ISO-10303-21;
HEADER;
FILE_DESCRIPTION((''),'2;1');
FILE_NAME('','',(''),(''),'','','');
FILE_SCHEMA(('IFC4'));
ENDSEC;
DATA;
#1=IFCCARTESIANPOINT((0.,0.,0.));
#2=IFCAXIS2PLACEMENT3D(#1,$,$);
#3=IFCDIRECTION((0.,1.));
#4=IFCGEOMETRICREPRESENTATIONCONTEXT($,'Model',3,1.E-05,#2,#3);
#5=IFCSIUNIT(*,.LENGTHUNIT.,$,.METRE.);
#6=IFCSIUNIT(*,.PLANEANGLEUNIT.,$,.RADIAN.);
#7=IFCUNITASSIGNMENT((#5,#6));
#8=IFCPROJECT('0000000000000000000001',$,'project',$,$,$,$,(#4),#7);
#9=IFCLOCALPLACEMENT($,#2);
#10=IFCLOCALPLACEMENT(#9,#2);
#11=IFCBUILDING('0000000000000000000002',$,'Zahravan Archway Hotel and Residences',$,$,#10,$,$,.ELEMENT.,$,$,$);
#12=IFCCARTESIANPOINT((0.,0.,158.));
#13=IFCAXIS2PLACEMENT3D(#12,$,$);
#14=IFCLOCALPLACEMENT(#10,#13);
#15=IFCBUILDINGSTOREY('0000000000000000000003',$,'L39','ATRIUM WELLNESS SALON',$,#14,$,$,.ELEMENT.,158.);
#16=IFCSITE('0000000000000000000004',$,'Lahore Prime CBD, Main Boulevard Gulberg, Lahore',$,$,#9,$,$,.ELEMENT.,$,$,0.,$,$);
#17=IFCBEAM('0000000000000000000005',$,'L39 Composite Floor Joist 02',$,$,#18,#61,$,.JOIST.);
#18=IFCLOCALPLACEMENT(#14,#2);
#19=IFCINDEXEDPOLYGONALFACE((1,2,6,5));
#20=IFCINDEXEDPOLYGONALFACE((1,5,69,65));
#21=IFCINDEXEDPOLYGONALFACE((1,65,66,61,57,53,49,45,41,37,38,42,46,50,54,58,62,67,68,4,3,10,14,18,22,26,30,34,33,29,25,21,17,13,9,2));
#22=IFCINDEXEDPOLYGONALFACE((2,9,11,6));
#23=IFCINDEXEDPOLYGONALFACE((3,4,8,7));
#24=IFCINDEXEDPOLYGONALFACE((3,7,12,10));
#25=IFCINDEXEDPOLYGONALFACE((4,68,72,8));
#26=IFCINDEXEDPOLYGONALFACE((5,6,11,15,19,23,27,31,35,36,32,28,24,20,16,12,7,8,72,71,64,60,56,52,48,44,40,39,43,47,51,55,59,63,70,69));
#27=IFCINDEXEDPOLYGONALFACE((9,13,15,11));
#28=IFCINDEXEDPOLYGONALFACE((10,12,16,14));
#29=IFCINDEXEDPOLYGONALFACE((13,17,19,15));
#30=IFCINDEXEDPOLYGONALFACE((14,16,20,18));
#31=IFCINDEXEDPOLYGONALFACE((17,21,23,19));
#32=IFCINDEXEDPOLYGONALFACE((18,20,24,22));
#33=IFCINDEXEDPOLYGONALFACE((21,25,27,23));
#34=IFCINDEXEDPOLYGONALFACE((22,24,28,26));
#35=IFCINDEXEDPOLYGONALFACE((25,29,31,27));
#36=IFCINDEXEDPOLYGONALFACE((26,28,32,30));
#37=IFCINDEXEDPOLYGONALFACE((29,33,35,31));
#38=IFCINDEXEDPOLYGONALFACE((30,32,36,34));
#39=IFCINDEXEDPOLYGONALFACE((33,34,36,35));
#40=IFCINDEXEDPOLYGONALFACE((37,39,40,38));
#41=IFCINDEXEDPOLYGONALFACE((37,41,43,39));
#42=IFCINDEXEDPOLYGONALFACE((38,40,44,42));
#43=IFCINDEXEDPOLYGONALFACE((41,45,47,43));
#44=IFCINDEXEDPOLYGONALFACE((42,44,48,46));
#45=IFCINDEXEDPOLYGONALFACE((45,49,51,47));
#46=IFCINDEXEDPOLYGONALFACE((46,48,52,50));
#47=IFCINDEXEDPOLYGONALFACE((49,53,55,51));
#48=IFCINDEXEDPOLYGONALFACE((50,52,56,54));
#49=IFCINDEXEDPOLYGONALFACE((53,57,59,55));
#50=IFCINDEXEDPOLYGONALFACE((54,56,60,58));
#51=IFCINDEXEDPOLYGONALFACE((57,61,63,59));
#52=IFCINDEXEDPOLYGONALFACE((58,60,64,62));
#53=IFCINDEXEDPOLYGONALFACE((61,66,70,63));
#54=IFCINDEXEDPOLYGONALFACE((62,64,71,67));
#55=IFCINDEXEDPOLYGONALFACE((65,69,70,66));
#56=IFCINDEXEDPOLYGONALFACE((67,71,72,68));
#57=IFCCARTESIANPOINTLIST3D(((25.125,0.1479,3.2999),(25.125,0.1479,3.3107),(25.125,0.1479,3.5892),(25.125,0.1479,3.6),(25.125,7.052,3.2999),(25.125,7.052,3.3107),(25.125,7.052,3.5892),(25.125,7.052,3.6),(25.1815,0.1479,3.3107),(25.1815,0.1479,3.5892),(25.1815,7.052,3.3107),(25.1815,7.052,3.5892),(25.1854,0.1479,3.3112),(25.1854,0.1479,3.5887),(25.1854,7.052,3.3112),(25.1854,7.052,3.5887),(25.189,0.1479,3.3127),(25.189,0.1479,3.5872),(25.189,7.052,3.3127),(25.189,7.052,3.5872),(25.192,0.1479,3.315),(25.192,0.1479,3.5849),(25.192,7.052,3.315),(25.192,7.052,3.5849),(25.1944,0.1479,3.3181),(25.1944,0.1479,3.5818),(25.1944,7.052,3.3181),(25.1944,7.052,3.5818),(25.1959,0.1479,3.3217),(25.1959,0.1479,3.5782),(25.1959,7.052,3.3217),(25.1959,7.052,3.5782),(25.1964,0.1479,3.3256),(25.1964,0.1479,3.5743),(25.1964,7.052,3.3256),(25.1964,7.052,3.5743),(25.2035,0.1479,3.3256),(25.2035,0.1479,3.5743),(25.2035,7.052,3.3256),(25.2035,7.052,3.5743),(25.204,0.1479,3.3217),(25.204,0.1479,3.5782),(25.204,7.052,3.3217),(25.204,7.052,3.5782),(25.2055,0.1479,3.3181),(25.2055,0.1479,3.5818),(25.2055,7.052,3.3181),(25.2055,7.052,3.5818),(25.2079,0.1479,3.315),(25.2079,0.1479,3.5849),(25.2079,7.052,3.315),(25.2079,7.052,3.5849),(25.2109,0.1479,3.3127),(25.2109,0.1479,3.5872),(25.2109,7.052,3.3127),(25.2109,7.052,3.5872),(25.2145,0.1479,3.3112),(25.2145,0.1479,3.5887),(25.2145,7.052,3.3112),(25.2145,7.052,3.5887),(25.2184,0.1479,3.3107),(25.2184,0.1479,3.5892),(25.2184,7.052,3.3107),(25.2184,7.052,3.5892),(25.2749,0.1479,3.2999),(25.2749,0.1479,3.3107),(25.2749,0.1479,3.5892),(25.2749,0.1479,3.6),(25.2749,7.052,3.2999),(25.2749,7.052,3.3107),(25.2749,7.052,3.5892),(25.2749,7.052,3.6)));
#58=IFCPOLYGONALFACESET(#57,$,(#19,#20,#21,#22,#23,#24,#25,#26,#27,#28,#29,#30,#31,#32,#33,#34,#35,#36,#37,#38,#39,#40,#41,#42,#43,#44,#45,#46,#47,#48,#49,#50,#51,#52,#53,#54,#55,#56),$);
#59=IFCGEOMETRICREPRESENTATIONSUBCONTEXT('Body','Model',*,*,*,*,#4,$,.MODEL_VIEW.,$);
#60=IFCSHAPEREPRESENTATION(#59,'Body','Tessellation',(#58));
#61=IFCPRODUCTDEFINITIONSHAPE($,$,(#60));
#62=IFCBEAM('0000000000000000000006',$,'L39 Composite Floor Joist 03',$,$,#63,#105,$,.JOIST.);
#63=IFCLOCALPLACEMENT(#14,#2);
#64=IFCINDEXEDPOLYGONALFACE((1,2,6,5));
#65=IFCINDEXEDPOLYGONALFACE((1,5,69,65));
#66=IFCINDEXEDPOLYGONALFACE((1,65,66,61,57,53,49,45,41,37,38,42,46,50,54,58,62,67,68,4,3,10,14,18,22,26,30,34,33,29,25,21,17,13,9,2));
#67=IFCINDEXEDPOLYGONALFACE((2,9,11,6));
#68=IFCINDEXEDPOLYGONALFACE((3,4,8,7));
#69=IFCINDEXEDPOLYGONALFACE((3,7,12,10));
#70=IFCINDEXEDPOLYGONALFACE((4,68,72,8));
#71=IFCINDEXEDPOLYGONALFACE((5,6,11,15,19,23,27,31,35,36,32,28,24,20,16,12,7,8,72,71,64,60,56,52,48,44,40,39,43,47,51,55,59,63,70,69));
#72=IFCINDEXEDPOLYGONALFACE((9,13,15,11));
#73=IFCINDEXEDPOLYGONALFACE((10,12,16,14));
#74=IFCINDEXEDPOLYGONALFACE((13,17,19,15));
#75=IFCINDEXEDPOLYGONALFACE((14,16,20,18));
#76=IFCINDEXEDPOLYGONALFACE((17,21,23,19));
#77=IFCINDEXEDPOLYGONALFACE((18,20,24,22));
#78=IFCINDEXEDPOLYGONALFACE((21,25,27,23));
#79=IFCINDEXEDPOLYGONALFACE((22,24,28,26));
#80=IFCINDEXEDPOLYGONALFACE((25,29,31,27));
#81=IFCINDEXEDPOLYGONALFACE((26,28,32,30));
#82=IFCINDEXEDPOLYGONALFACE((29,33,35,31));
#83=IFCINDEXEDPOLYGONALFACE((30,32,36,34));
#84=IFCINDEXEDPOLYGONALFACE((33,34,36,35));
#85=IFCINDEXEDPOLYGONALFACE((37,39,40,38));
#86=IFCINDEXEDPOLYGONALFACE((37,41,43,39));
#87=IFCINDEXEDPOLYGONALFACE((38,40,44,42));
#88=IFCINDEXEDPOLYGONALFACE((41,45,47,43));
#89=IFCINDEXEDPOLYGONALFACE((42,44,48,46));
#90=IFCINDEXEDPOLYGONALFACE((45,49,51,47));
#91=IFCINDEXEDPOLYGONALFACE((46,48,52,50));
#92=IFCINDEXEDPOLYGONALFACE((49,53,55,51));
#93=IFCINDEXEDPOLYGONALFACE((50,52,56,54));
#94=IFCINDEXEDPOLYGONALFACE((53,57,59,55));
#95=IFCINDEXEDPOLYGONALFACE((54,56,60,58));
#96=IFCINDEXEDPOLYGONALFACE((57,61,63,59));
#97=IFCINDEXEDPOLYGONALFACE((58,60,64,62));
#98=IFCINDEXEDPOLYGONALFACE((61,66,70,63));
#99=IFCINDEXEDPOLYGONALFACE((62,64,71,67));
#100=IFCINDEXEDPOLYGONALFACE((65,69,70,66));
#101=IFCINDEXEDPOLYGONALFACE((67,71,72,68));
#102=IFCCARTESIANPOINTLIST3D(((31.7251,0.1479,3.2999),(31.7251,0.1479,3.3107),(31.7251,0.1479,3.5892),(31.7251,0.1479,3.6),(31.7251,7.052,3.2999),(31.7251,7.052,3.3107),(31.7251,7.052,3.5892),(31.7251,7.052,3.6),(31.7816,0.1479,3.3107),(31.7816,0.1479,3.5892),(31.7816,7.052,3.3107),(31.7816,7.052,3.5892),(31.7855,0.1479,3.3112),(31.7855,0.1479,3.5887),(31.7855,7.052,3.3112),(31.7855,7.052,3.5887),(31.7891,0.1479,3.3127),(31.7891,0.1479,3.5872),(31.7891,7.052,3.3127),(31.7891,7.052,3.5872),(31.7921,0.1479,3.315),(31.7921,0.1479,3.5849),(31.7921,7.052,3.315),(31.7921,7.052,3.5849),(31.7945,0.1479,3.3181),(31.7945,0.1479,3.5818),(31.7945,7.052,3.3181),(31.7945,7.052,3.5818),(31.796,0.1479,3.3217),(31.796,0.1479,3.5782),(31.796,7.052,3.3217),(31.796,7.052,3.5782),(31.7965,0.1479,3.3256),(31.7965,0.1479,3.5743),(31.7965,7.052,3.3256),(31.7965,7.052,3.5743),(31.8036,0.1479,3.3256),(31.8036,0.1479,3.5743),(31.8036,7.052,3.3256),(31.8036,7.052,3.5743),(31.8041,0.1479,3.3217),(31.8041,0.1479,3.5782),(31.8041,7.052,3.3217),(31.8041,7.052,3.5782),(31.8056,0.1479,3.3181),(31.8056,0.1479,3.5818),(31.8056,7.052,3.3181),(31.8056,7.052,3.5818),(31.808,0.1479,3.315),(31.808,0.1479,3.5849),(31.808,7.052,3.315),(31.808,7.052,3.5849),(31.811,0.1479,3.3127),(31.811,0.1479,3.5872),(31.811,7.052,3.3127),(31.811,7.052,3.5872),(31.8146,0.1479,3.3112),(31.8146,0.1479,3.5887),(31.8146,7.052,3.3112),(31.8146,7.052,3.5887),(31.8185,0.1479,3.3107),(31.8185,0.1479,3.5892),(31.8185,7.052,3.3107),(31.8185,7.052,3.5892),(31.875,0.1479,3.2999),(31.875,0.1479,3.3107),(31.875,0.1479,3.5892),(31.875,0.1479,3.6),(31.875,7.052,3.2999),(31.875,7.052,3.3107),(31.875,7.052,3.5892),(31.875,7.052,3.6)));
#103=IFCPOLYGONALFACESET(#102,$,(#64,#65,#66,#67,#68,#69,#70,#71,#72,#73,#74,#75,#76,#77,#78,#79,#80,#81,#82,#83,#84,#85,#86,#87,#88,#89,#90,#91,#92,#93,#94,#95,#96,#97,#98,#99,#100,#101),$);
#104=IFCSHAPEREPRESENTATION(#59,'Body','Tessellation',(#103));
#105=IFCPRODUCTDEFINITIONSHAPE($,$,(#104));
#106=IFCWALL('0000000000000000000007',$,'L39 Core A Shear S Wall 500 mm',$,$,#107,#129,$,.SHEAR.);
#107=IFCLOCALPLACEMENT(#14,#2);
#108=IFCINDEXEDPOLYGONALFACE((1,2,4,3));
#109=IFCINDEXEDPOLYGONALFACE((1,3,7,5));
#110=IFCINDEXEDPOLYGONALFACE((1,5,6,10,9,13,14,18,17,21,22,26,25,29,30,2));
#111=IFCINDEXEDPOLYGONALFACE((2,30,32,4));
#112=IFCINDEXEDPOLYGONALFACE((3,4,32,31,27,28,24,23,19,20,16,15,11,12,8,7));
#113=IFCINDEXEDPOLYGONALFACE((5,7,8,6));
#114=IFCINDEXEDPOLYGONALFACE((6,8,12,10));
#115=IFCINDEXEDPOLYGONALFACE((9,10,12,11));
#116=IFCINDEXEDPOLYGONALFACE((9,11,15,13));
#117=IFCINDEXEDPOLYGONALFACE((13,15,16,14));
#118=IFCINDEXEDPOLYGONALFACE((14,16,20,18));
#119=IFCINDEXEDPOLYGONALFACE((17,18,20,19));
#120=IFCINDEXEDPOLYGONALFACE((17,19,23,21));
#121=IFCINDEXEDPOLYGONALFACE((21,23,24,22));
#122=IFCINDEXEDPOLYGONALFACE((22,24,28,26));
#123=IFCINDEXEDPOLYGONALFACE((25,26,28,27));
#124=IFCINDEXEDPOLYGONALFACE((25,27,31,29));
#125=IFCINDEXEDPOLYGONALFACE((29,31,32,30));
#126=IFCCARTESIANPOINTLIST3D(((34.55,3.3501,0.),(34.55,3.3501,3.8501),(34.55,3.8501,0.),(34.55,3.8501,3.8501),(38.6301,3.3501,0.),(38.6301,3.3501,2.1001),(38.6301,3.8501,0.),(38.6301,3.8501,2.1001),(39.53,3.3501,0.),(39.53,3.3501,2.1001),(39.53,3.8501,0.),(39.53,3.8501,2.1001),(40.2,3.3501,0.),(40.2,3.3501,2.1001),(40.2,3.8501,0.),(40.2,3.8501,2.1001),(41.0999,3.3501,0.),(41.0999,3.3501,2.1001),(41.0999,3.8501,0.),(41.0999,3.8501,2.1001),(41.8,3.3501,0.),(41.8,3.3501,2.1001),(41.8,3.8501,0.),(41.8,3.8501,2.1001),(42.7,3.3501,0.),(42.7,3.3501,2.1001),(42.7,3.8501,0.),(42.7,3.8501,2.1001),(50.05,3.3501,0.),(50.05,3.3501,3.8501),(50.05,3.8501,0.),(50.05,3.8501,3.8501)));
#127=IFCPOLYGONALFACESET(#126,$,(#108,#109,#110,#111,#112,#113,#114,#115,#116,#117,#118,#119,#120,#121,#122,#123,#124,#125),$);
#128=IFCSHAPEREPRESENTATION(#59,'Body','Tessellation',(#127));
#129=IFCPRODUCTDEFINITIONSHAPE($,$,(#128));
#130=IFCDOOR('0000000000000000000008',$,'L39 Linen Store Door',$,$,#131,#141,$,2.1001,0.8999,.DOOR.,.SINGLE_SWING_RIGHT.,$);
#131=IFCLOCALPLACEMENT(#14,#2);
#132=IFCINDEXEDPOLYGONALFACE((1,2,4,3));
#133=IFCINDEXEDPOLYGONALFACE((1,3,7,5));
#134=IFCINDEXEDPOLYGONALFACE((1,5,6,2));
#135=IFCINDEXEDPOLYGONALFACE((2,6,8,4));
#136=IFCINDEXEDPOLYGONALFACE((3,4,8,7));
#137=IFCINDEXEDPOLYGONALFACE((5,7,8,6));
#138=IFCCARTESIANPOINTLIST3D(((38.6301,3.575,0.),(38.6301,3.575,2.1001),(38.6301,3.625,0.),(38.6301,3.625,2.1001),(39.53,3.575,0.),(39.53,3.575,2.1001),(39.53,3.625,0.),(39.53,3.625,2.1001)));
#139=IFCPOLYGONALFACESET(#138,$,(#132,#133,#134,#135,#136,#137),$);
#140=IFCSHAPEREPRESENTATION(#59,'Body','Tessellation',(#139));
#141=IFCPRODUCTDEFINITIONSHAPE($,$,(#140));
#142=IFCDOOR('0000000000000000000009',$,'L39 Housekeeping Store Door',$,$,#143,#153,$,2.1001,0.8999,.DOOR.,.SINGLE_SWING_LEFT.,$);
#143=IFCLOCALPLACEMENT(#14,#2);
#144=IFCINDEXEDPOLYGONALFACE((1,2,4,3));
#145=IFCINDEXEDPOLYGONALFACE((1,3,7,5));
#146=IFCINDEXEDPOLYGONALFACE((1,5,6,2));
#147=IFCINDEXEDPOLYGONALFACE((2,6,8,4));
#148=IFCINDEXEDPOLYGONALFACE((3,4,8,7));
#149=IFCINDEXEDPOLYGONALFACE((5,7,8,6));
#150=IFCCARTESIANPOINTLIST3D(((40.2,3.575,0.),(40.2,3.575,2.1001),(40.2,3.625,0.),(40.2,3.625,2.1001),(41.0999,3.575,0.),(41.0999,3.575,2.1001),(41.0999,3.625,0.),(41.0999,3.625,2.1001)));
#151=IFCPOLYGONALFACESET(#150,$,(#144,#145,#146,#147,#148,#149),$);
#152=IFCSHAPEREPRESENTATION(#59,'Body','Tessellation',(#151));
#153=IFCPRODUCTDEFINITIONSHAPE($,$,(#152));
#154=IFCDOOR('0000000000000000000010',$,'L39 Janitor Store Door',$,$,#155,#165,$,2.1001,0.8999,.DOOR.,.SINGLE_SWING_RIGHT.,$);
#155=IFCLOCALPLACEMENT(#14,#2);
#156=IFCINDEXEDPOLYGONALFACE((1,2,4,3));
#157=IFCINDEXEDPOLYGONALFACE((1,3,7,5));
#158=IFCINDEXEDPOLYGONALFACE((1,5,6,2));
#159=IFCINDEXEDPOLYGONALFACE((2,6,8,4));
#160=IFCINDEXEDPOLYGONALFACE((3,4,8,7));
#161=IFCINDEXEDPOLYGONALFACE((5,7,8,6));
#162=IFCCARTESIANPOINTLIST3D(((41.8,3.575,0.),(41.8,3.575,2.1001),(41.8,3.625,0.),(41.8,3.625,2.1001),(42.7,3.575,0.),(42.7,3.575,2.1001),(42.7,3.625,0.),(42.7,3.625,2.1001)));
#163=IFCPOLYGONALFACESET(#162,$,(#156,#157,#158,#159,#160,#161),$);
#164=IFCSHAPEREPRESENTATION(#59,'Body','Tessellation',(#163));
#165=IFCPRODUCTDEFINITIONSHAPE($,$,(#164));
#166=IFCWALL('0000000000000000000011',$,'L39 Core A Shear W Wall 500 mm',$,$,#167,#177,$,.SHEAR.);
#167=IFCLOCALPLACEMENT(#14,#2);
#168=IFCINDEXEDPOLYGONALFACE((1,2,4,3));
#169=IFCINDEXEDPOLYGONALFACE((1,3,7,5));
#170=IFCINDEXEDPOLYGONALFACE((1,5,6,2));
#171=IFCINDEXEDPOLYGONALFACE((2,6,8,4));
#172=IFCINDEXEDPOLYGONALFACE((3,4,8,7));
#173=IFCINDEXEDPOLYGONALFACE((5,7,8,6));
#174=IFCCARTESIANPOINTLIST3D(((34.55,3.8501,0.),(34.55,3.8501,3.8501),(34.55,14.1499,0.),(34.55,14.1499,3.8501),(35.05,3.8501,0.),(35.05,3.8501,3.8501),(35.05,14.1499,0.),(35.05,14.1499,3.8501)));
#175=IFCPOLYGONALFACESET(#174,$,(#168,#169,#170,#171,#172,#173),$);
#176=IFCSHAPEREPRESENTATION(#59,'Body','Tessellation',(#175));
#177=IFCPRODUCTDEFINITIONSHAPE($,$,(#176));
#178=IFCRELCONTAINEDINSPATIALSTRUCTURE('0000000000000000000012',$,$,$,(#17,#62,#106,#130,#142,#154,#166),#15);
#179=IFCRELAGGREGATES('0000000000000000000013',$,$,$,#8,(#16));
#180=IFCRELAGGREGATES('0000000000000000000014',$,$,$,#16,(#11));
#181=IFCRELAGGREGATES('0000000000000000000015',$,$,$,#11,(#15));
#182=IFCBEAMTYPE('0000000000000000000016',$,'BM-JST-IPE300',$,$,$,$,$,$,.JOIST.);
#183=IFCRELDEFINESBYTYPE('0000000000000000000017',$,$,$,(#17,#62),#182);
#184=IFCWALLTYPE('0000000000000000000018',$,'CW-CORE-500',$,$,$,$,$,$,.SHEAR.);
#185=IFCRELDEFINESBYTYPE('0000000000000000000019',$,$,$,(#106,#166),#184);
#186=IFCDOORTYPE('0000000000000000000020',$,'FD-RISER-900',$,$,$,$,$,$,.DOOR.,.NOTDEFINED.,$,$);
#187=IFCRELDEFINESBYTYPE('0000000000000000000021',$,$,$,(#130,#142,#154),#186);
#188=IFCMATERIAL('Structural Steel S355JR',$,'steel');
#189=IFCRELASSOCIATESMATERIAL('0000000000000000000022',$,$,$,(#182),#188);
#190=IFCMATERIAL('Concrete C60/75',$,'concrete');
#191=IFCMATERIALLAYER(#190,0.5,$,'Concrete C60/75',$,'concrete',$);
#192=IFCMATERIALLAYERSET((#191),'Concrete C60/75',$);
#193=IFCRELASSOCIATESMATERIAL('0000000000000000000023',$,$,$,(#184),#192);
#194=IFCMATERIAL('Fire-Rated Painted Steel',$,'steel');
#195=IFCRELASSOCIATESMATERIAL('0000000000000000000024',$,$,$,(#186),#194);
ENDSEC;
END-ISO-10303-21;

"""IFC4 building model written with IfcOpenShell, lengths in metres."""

from ifc_helpers import new_model, si_unit, direction, frame, frame_2d, origin, origin_2d, place, context, subcontext, project, spatial, rectangle, i_section, extrude, source, transform, mapped, material, layer, layer_set, material_profile, profile_set, type_object, type_shapes, element, fill, save


model = new_model("IFC4")

# Units and contexts
model_context = context("Model", 3, precision=1e-05, world=origin(), true_north=direction((0.0, 1.0)))
body_context = subcontext(model_context, "Body", "Model", "MODEL_VIEW")
ifc_project = project(units=[si_unit("LENGTHUNIT", "METRE"), si_unit("PLANEANGLEUNIT", "RADIAN")], contexts=[model_context])

# Site, building, storey
site_placement = place(None, origin())
site = spatial("IfcSite", under=ifc_project, at=site_placement, Name="Lahore Prime CBD, Main Boulevard Gulberg, Lahore", CompositionType="ELEMENT", RefElevation=0.0)
building_placement = place(site_placement, origin())
building = spatial("IfcBuilding", under=site, at=building_placement, Name="Zahravan Archway Hotel and Residences", CompositionType="ELEMENT")
storey_placement = place(building_placement, frame((0.0, 0.0, 158.0)))
storey = spatial("IfcBuildingStorey", under=building, at=storey_placement, Name="L39", Description="ATRIUM WELLNESS SALON", CompositionType="ELEMENT", Elevation=158.0)

# Shared definitions
ifc_material_1 = material(Name="Concrete C60/75", Category="concrete")

# Beams
ifc_material_2 = material(Name="Structural Steel S355JR", Category="steel")
ifc_material_profile_1 = material_profile(ifc_material_2, i_section(OverallWidth=0.1499, OverallDepth=0.3, WebThickness=0.0071, FlangeThickness=0.0107, FilletRadius=0.0149, at=origin_2d()), Name="IPE 300", Category="steel")
ifc_profile_set_1 = profile_set([ifc_material_profile_1], Name="Structural Steel S355JR")
beam_type_1 = type_object("IfcBeamType", Name="BM-JST-IPE300", PredefinedType="JOIST", material=ifc_profile_set_1)
shared_shape_1 = source(origin(), body_context, "Body", "SweptSolid", [
    extrude(i_section(OverallWidth=0.1499, OverallDepth=0.3, WebThickness=0.0071, FlangeThickness=0.0107, FilletRadius=0.0149, at=origin_2d()), origin(), (0.0, 0.0, 1.0), 6.9041),
])
type_shapes(beam_type_1, [shared_shape_1])
for number, where, z_axis, x_axis, name in (
    (1, (25.2, 0.1479, 3.45), (0.0, 1.0, 0.0), (-1.0, 0.0, 0.0), "L39 Composite Floor Joist 02"),
    (2, (31.8, 0.1479, 3.45), (0.0, 1.0, 0.0), (-1.0, 0.0, 0.0), "L39 Composite Floor Joist 03"),
):
    element("IfcBeam", number, at=place(storey_placement, frame(where, z_axis=z_axis, x_axis=x_axis)), inside=storey, type_object=beam_type_1, Name=name, PredefinedType="JOIST", context=body_context, shape_type="MappedRepresentation", body=[
        mapped(shared_shape_1, transform((0.0, 0.0, 0.0), scale=1.0)),
    ])

# Wall, openings, doors
ifc_layer_1 = layer(ifc_material_1, 0.5, Name="Concrete C60/75", Category="concrete")
ifc_layer_set_1 = layer_set([ifc_layer_1], Name="Concrete C60/75")
wall_type_1 = type_object("IfcWallType", Name="CW-CORE-500", PredefinedType="SHEAR", material=ifc_layer_set_1)
wall_1_placement = place(storey_placement, frame((34.55, 3.6001, 0.0), z_axis=(0.0, 0.0, 1.0), x_axis=(1.0, 0.0, 0.0)))
wall_1 = element("IfcWall", 3, at=wall_1_placement, inside=storey, type_object=wall_type_1, Name="L39 Core A Shear S Wall 500 mm", PredefinedType="SHEAR", context=body_context, shape_type="SweptSolid", body=[
    extrude(rectangle(XDim=15.5, YDim=0.5, at=frame_2d((7.75, 0.0))), origin(), (0.0, 0.0, 1.0), 3.8501),
])
opening_1_placement = place(wall_1_placement, frame((4.0801, 0.0, 0.0)))
opening_1 = element("IfcOpeningElement", 4, at=opening_1_placement, cuts=wall_1, PredefinedType="OPENING", context=body_context, shape_type="SweptSolid", body=[
    extrude(rectangle(XDim=0.8999, YDim=2.1001, at=frame_2d((0.45, 1.05))), frame((0.0, 0.26, 0.0), z_axis=(0.0, -1.0, 0.0), x_axis=(1.0, 0.0, 0.0)), (0.0, 0.0, 1.0), 0.52),
])
opening_2_placement = place(wall_1_placement, frame((5.6499, 0.0, 0.0)))
opening_2 = element("IfcOpeningElement", 5, at=opening_2_placement, cuts=wall_1, PredefinedType="OPENING", context=body_context, shape_type="SweptSolid", body=[
    extrude(rectangle(XDim=0.8999, YDim=2.1001, at=frame_2d((0.45, 1.05))), frame((0.0, 0.26, 0.0), z_axis=(0.0, -1.0, 0.0), x_axis=(1.0, 0.0, 0.0)), (0.0, 0.0, 1.0), 0.52),
])
opening_3_placement = place(wall_1_placement, frame((7.25, 0.0, 0.0)))
opening_3 = element("IfcOpeningElement", 6, at=opening_3_placement, cuts=wall_1, PredefinedType="OPENING", context=body_context, shape_type="SweptSolid", body=[
    extrude(rectangle(XDim=0.8999, YDim=2.1001, at=frame_2d((0.45, 1.05))), frame((0.0, 0.26, 0.0), z_axis=(0.0, -1.0, 0.0), x_axis=(1.0, 0.0, 0.0)), (0.0, 0.0, 1.0), 0.52),
])
ifc_material_3 = material(Name="Fire-Rated Painted Steel", Category="steel")
door_type_1 = type_object("IfcDoorType", Name="FD-RISER-900", OperationType="NOTDEFINED", PredefinedType="DOOR", material=ifc_material_3)
shared_shape_2 = source(origin(), body_context, "Body", "SweptSolid", [
    extrude(rectangle(XDim=0.8999, YDim=2.1001, at=frame_2d((0.45, 1.05))), frame((0.0, 0.0249, 0.0), z_axis=(0.0, -1.0, 0.0), x_axis=(1.0, 0.0, 0.0)), (0.0, 0.0, 1.0), 0.05),
])
type_shapes(door_type_1, [shared_shape_2])
door_1_placement = place(opening_1_placement, origin())
door_1 = element("IfcDoor", 7, at=door_1_placement, inside=storey, type_object=door_type_1, Name="L39 Linen Store Door", OperationType="SINGLE_SWING_RIGHT", OverallHeight=2.1001, OverallWidth=0.8999, PredefinedType="DOOR", context=body_context, shape_type="MappedRepresentation", body=[
    mapped(shared_shape_2, transform((0.0, 0.0, 0.0), scale=1.0)),
])
fill(opening_1, door_1)
door_2_placement = place(opening_2_placement, origin())
door_2 = element("IfcDoor", 8, at=door_2_placement, inside=storey, type_object=door_type_1, Name="L39 Housekeeping Store Door", OperationType="SINGLE_SWING_LEFT", OverallHeight=2.1001, OverallWidth=0.8999, PredefinedType="DOOR", context=body_context, shape_type="MappedRepresentation", body=[
    mapped(shared_shape_2, transform((0.0, 0.0, 0.0), scale=1.0)),
])
fill(opening_2, door_2)
door_3_placement = place(opening_3_placement, origin())
door_3 = element("IfcDoor", 9, at=door_3_placement, inside=storey, type_object=door_type_1, Name="L39 Janitor Store Door", OperationType="SINGLE_SWING_RIGHT", OverallHeight=2.1001, OverallWidth=0.8999, PredefinedType="DOOR", context=body_context, shape_type="MappedRepresentation", body=[
    mapped(shared_shape_2, transform((0.0, 0.0, 0.0), scale=1.0)),
])
fill(opening_3, door_3)

# Wall
wall_2_placement = place(storey_placement, frame((34.8, 3.8501, 0.0), z_axis=(0.0, 0.0, 1.0), x_axis=(0.0, 1.0, 0.0)))
element("IfcWall", 10, at=wall_2_placement, inside=storey, type_object=wall_type_1, Name="L39 Core A Shear W Wall 500 mm", PredefinedType="SHEAR", context=body_context, shape_type="SweptSolid", body=[
    extrude(rectangle(XDim=10.2998, YDim=0.5, at=frame_2d((5.1499, 0.0))), origin(), (0.0, 0.0, 1.0), 3.8501),
])

save(model, "model.ifc")
